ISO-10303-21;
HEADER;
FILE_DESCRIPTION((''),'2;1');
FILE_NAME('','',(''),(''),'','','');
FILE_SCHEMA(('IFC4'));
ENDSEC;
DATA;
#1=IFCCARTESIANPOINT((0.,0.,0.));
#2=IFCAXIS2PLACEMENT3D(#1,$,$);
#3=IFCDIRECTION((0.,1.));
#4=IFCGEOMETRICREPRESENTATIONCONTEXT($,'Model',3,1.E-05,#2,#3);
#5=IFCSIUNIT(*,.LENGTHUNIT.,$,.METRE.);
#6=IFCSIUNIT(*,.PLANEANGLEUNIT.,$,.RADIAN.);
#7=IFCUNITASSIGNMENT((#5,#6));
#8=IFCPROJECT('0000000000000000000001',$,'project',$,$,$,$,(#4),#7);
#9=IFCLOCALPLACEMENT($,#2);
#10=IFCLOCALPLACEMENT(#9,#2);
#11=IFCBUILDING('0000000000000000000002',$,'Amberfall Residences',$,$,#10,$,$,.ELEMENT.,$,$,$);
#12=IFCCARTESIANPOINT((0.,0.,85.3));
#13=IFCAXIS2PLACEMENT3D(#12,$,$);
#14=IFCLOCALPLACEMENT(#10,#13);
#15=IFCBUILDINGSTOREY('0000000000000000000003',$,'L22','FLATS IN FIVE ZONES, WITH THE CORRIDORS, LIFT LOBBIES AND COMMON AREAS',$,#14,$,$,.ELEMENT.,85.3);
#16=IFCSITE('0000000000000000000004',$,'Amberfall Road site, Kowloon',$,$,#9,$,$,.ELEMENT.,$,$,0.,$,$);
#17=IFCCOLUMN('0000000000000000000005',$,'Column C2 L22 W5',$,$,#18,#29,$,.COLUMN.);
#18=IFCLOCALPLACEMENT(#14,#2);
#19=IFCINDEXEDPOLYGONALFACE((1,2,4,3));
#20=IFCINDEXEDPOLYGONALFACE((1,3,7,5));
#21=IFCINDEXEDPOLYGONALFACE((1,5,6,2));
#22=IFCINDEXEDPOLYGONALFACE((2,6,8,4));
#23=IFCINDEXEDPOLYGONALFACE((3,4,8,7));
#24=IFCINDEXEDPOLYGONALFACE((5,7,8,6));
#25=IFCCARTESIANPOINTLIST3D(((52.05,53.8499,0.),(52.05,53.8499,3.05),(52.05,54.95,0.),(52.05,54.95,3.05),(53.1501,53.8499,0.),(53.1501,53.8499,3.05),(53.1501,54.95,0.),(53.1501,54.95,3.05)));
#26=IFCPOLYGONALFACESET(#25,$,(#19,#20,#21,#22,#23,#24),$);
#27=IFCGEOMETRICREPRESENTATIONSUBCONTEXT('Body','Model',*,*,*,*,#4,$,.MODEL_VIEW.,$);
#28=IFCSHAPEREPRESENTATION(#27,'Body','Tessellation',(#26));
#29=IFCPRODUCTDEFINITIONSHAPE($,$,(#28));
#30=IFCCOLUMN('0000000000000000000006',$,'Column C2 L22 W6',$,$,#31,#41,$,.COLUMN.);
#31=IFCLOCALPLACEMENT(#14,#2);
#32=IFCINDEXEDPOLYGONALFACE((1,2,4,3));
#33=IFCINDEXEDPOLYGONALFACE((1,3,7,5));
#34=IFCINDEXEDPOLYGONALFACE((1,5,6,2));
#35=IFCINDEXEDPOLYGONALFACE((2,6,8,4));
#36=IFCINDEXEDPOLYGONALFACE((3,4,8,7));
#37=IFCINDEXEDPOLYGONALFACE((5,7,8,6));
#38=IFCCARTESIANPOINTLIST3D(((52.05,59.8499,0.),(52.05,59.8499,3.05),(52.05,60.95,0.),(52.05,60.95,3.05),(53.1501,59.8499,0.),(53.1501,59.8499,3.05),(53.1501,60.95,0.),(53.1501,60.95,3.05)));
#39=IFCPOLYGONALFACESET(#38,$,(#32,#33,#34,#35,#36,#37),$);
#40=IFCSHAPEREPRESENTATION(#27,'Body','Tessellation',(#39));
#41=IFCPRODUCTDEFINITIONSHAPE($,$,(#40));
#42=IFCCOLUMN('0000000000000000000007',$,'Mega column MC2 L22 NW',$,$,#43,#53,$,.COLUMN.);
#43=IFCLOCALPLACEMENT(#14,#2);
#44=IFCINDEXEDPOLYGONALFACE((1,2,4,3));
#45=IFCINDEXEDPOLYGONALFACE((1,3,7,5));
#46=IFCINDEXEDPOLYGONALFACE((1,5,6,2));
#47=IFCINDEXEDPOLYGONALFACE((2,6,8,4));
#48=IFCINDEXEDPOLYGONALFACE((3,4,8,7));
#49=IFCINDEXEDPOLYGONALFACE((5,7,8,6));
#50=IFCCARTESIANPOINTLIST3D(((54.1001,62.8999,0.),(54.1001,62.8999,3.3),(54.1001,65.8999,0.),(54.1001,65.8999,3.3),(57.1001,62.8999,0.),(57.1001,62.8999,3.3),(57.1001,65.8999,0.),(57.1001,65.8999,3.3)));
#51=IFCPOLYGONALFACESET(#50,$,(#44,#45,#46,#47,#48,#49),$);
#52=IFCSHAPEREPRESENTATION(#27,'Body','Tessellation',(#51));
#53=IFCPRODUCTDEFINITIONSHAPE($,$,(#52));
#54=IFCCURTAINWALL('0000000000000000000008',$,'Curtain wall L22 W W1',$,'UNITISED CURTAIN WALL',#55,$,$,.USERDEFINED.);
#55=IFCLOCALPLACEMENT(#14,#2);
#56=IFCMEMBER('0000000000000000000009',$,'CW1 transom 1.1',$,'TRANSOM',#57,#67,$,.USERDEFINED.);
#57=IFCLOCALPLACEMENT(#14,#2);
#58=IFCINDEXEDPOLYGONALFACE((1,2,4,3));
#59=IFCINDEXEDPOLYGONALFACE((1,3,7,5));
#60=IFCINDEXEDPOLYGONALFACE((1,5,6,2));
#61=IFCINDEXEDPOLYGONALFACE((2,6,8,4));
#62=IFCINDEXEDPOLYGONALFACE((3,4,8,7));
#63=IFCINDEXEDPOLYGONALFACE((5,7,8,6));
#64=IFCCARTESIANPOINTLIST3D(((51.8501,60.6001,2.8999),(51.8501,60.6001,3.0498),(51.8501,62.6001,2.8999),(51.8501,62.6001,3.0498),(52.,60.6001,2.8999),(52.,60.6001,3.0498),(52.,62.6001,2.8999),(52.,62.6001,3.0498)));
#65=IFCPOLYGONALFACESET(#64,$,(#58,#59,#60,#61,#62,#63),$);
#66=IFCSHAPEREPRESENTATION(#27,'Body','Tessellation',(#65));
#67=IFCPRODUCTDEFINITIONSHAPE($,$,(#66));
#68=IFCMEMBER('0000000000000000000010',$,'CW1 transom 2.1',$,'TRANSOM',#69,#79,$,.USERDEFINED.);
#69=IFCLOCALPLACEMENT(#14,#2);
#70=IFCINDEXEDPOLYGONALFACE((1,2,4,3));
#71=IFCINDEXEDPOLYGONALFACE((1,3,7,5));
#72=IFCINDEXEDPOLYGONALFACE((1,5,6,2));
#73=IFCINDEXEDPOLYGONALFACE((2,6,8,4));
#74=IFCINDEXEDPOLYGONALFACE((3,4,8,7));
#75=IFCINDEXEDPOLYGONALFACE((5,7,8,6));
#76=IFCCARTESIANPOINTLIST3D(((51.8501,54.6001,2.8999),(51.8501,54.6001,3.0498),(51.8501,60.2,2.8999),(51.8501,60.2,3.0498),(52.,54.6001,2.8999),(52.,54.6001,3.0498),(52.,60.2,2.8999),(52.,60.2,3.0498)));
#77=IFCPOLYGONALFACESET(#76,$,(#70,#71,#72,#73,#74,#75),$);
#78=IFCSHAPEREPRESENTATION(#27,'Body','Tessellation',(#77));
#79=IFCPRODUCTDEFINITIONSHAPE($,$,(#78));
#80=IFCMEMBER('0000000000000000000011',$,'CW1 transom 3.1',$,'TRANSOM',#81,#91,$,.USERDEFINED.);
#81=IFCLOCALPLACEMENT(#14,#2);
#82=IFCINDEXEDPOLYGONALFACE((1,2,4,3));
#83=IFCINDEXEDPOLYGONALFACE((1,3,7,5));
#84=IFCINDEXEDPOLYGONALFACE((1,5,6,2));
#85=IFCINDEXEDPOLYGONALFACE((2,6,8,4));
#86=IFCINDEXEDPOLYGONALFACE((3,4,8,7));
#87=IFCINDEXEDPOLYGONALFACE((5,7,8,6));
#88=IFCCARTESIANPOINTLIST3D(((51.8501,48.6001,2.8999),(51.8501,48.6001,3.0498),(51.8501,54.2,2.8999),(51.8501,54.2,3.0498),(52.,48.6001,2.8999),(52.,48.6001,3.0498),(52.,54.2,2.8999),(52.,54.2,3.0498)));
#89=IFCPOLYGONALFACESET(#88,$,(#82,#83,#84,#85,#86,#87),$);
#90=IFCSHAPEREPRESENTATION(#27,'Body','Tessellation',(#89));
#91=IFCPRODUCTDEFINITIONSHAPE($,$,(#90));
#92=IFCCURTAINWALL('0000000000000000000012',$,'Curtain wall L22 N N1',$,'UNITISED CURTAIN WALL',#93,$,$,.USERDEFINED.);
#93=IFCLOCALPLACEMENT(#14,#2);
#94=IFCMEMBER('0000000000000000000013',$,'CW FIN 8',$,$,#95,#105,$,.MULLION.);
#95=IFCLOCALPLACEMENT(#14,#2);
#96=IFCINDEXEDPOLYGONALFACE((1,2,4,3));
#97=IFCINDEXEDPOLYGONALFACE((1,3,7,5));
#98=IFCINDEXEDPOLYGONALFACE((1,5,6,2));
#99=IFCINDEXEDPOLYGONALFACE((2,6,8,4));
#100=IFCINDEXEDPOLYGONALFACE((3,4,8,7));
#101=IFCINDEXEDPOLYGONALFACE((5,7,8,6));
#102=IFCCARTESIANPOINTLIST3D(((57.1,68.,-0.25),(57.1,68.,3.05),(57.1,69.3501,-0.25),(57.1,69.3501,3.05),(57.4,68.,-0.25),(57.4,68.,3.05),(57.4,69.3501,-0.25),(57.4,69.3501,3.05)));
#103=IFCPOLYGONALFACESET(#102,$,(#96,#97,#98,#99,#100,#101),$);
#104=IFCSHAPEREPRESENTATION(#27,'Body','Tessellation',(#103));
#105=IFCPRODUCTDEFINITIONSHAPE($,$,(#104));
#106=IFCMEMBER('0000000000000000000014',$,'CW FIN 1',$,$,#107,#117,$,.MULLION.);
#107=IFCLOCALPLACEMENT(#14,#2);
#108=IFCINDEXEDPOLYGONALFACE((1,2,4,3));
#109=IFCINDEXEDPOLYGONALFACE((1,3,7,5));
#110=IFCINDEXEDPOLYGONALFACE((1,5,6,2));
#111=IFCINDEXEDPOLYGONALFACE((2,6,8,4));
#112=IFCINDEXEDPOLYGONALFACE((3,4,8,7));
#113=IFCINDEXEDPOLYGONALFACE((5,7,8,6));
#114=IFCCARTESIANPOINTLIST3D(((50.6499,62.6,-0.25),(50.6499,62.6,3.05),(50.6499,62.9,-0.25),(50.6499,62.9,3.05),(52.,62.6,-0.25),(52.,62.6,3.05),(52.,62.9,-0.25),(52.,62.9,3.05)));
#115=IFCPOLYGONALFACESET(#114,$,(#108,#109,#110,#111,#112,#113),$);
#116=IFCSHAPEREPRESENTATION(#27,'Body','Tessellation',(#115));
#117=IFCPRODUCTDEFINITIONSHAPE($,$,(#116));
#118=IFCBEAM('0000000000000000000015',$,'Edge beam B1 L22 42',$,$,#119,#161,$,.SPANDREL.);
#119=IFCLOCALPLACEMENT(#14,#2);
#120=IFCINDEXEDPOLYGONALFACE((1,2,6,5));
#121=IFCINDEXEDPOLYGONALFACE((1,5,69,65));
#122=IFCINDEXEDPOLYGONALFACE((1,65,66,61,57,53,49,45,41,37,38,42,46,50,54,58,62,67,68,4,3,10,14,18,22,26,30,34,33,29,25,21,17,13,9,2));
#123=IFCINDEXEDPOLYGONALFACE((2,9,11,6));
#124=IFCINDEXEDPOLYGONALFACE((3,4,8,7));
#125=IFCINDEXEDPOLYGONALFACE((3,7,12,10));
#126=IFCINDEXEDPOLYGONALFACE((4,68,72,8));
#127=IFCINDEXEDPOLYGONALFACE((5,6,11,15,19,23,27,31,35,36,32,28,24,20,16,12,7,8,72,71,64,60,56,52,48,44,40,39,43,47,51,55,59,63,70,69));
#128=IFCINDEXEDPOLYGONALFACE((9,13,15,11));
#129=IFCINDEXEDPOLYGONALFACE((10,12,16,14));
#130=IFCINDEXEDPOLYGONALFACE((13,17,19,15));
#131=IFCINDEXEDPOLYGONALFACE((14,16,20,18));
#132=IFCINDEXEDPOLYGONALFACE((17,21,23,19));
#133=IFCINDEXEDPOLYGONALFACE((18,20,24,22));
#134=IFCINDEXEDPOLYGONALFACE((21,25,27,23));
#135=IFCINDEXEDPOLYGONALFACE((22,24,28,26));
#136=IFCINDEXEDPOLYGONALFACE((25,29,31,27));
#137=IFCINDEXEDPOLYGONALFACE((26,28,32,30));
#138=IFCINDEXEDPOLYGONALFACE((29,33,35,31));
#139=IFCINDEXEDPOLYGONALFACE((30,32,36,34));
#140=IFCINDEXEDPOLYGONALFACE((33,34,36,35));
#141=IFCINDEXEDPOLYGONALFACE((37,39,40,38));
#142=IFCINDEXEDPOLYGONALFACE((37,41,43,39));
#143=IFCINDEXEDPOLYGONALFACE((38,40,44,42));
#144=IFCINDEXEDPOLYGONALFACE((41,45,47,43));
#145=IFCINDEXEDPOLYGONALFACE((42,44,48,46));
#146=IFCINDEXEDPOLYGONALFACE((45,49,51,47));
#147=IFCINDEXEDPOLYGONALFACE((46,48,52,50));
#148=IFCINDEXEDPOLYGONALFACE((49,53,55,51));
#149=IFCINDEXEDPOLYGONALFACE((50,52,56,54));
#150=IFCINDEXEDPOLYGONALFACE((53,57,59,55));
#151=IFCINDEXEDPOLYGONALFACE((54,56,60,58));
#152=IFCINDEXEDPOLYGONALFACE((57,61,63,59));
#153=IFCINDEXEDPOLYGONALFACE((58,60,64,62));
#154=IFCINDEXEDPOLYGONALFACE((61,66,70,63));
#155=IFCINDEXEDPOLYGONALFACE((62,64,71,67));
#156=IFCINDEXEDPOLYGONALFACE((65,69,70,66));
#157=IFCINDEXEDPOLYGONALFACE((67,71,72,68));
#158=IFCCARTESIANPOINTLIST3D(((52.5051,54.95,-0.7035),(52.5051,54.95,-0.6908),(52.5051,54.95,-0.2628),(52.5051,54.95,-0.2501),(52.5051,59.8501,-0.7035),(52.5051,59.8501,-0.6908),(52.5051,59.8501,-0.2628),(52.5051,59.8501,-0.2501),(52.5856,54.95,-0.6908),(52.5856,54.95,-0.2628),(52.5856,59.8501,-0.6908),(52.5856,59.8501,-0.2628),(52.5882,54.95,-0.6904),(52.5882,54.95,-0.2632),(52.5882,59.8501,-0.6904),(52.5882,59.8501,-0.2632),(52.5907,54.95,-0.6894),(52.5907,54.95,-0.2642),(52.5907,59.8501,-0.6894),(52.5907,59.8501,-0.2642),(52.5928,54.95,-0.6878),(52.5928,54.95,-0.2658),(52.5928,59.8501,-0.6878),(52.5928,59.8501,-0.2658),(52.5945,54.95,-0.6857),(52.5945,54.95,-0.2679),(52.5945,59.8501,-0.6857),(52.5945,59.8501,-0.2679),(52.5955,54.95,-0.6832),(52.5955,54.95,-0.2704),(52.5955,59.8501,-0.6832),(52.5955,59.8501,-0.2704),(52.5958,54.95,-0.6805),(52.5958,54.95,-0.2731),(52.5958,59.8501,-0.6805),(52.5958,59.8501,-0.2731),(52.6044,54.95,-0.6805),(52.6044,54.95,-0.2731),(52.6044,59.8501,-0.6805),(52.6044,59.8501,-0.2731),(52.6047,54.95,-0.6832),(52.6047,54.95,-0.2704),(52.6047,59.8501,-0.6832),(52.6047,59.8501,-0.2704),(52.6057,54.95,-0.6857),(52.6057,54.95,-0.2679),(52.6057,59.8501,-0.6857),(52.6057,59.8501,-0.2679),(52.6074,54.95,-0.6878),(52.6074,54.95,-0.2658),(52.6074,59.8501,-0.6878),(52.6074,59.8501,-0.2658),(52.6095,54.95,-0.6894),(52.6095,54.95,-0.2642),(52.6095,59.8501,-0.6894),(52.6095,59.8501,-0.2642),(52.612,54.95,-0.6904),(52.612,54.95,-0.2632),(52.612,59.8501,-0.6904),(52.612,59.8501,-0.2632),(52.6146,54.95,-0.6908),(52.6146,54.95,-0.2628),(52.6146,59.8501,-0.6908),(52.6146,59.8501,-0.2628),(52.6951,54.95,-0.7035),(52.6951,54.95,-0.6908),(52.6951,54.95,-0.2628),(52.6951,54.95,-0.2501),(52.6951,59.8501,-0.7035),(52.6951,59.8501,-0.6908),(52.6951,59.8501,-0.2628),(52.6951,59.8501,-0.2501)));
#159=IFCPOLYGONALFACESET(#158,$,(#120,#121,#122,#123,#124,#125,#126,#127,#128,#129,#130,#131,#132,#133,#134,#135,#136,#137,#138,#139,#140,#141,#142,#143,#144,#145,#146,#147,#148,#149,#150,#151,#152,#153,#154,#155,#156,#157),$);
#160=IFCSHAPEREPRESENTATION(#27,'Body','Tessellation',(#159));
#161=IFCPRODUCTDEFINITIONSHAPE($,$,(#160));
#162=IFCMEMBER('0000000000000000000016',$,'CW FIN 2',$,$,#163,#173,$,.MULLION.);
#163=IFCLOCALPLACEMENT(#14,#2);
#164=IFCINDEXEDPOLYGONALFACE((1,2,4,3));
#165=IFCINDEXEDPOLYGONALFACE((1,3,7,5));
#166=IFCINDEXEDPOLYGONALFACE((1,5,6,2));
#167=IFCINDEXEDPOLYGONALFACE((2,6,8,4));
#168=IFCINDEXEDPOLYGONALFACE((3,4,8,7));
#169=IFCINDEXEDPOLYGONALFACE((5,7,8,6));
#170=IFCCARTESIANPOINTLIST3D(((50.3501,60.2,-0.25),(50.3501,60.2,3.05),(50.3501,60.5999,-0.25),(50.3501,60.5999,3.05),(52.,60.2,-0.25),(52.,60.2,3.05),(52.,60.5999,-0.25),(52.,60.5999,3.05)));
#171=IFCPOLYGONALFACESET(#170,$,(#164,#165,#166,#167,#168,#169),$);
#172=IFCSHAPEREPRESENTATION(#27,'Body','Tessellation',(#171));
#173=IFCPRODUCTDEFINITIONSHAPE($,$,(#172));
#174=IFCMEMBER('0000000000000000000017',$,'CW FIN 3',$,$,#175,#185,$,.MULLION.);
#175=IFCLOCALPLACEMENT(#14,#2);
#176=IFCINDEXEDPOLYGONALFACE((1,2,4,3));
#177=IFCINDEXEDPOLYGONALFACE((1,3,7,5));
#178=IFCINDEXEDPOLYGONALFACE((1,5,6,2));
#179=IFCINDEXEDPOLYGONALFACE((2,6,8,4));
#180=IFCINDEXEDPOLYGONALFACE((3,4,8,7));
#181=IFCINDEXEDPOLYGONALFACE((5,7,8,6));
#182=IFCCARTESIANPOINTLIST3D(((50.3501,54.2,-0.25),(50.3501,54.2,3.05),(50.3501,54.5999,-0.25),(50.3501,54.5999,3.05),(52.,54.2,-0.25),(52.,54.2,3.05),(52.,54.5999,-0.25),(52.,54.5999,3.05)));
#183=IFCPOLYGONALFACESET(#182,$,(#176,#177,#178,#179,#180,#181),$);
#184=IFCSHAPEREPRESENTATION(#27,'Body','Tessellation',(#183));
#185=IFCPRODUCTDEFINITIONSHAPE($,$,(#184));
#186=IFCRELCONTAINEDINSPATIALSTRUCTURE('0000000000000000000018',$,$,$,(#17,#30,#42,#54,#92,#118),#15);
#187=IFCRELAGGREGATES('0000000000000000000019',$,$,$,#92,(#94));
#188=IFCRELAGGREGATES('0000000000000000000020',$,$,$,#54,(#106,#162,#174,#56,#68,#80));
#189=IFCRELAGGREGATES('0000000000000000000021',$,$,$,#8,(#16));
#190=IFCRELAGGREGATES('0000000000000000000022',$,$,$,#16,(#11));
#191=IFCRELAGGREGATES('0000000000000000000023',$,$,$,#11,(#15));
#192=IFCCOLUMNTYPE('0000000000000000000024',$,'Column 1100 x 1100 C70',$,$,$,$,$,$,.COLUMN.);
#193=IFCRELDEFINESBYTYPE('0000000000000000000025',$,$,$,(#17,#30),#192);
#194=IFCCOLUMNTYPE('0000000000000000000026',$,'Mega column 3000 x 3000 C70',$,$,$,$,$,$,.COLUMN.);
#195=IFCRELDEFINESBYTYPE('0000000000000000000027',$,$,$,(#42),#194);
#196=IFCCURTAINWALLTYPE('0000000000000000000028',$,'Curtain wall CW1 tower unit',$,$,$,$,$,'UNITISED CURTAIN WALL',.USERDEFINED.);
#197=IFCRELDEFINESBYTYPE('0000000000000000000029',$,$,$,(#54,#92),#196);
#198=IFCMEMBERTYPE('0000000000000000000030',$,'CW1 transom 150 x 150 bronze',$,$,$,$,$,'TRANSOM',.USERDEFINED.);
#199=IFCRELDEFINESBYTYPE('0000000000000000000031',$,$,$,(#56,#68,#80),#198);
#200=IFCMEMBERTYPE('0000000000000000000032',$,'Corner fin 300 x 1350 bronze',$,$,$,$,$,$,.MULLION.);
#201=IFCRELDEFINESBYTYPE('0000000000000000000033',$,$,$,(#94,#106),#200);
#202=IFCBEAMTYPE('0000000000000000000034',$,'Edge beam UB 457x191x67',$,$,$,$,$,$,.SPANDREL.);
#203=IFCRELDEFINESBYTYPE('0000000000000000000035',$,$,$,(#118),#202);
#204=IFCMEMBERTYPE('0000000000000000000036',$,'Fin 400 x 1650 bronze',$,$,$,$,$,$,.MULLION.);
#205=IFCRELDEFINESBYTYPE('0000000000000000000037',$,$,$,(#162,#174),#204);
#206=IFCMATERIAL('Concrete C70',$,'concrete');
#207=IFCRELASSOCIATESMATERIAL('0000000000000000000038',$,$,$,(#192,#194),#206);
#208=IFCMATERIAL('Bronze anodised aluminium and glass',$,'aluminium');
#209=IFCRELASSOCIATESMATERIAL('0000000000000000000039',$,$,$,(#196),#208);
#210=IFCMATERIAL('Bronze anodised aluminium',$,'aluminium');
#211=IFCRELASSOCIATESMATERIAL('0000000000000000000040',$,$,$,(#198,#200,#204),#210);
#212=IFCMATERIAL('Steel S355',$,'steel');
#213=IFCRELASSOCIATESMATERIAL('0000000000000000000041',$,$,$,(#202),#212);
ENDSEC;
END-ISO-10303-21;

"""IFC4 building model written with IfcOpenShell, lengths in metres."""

from ifc_helpers import new_model, si_unit, direction, frame, origin, origin_2d, place, context, subcontext, project, spatial, rectangle, i_section, extrude, material, material_profile, profile_set, type_object, element, aggregate, save


model = new_model("IFC4")

# Units and contexts
model_context = context("Model", 3, precision=1e-05, world=origin(), true_north=direction((0.0, 1.0)))
body_context = subcontext(model_context, "Body", "Model", "MODEL_VIEW")
ifc_project = project(units=[si_unit("LENGTHUNIT", "METRE"), si_unit("PLANEANGLEUNIT", "RADIAN")], contexts=[model_context])

# Site, building, storey
site_placement = place(None, origin())
site = spatial("IfcSite", under=ifc_project, at=site_placement, Name="Amberfall Road site, Kowloon", CompositionType="ELEMENT", RefElevation=0.0)
building_placement = place(site_placement, origin())
building = spatial("IfcBuilding", under=site, at=building_placement, Name="Amberfall Residences", CompositionType="ELEMENT")
storey_placement = place(building_placement, frame((0.0, 0.0, 85.3)))
storey = spatial("IfcBuildingStorey", under=building, at=storey_placement, Name="L22", Description="FLATS IN FIVE ZONES, WITH THE CORRIDORS, LIFT LOBBIES AND COMMON AREAS", CompositionType="ELEMENT", Elevation=85.3)

# Columns
ifc_material_1 = material(Name="Concrete C70", Category="concrete")
ifc_material_profile_1 = material_profile(ifc_material_1, rectangle(XDim=1.1001, YDim=1.1001, at=origin_2d()), Name="Column 1100 x 1100 C70")
ifc_profile_set_1 = profile_set([ifc_material_profile_1], Name="Concrete C70")
column_type_1 = type_object("IfcColumnType", Name="Column 1100 x 1100 C70", PredefinedType="COLUMN", material=ifc_profile_set_1)
for number, where, z_axis, x_axis, name in (
    (1, (52.6001, 54.3999, 0.0), (0.0, 0.0, 1.0), (1.0, 0.0, 0.0), "Column C2 L22 W5"),
    (2, (52.6001, 60.3999, 0.0), (0.0, 0.0, 1.0), (1.0, 0.0, 0.0), "Column C2 L22 W6"),
):
    element("IfcColumn", number, at=place(storey_placement, frame(where, z_axis=z_axis, x_axis=x_axis)), inside=storey, type_object=column_type_1, Name=name, PredefinedType="COLUMN", context=body_context, shape_type="SweptSolid", body=[
        extrude(rectangle(XDim=1.1001, YDim=1.1001, at=origin_2d()), origin(), (0.0, 0.0, 1.0), 3.05),
    ])
ifc_material_profile_2 = material_profile(ifc_material_1, rectangle(XDim=3.0, YDim=3.0, at=origin_2d()), Name="Mega column 3000 x 3000 C70")
ifc_profile_set_2 = profile_set([ifc_material_profile_2], Name="Concrete C70")
column_type_2 = type_object("IfcColumnType", Name="Mega column 3000 x 3000 C70", PredefinedType="COLUMN", material=ifc_profile_set_2)
column_placement = place(storey_placement, frame((55.6001, 64.3999, 0.0), z_axis=(0.0, 0.0, 1.0), x_axis=(1.0, 0.0, 0.0)))
element("IfcColumn", 3, at=column_placement, inside=storey, type_object=column_type_2, Name="Mega column MC2 L22 NW", PredefinedType="COLUMN", context=body_context, shape_type="SweptSolid", body=[
    extrude(rectangle(XDim=3.0, YDim=3.0, at=origin_2d()), origin(), (0.0, 0.0, 1.0), 3.3),
])

# Curtain wall, members
ifc_material_2 = material(Name="Bronze anodised aluminium and glass", Category="aluminium")
curtain_wall_type = type_object("IfcCurtainWallType", Name="Curtain wall CW1 tower unit", ElementType="UNITISED CURTAIN WALL", PredefinedType="USERDEFINED", material=ifc_material_2)
curtain_wall_1_placement = place(storey_placement, origin())
curtain_wall_1 = element("IfcCurtainWall", 4, at=curtain_wall_1_placement, inside=storey, type_object=curtain_wall_type, Name="Curtain wall L22 W W1", ObjectType="UNITISED CURTAIN WALL", PredefinedType="USERDEFINED")
ifc_material_3 = material(Name="Bronze anodised aluminium", Category="aluminium")
ifc_material_profile_3 = material_profile(ifc_material_3, rectangle(XDim=0.1499, YDim=0.1499, at=origin_2d()), Name="CW1 transom 150 x 150 bronze")
ifc_profile_set_3 = profile_set([ifc_material_profile_3], Name="Bronze anodised aluminium")
member_type_1 = type_object("IfcMemberType", Name="CW1 transom 150 x 150 bronze", ElementType="TRANSOM", PredefinedType="USERDEFINED", material=ifc_profile_set_3)
member_1_placement = place(storey_placement, frame((51.925, 62.6001, 2.9749), z_axis=(0.0, -1.0, 0.0), x_axis=(1.0, 0.0, 0.0)))
member_1 = element("IfcMember", 5, at=member_1_placement, type_object=member_type_1, Name="CW1 transom 1.1", ObjectType="TRANSOM", PredefinedType="USERDEFINED", context=body_context, shape_type="SweptSolid", body=[
    extrude(rectangle(XDim=0.1499, YDim=0.1499, at=origin_2d()), origin(), (0.0, 0.0, 1.0), 2.0),
])
member_2_placement = place(storey_placement, frame((51.925, 60.2, 2.9749), z_axis=(0.0, -1.0, 0.0), x_axis=(1.0, 0.0, 0.0)))
member_2 = element("IfcMember", 6, at=member_2_placement, type_object=member_type_1, Name="CW1 transom 2.1", ObjectType="TRANSOM", PredefinedType="USERDEFINED", context=body_context, shape_type="SweptSolid", body=[
    extrude(rectangle(XDim=0.1499, YDim=0.1499, at=origin_2d()), origin(), (0.0, 0.0, 1.0), 5.5999),
])
member_3_placement = place(storey_placement, frame((51.925, 54.2, 2.9749), z_axis=(0.0, -1.0, 0.0), x_axis=(1.0, 0.0, 0.0)))
member_3 = element("IfcMember", 7, at=member_3_placement, type_object=member_type_1, Name="CW1 transom 3.1", ObjectType="TRANSOM", PredefinedType="USERDEFINED", context=body_context, shape_type="SweptSolid", body=[
    extrude(rectangle(XDim=0.1499, YDim=0.1499, at=origin_2d()), origin(), (0.0, 0.0, 1.0), 5.5999),
])

# Curtain wall, member
curtain_wall_2_placement = place(storey_placement, origin())
curtain_wall_2 = element("IfcCurtainWall", 8, at=curtain_wall_2_placement, inside=storey, type_object=curtain_wall_type, Name="Curtain wall L22 N N1", ObjectType="UNITISED CURTAIN WALL", PredefinedType="USERDEFINED")
ifc_material_profile_4 = material_profile(ifc_material_3, rectangle(XDim=1.3501, YDim=0.3, at=origin_2d()), Name="Corner fin 300 x 1350 bronze")
ifc_profile_set_4 = profile_set([ifc_material_profile_4], Name="Bronze anodised aluminium")
member_type_2 = type_object("IfcMemberType", Name="Corner fin 300 x 1350 bronze", PredefinedType="MULLION", material=ifc_profile_set_4)
member_4_placement = place(storey_placement, frame((57.25, 68.675, -0.25), z_axis=(0.0, 0.0, 1.0), x_axis=(0.0, -1.0, 0.0)))
member_4 = element("IfcMember", 9, at=member_4_placement, type_object=member_type_2, Name="CW FIN 8", PredefinedType="MULLION", context=body_context, shape_type="SweptSolid", body=[
    extrude(rectangle(XDim=1.3501, YDim=0.3, at=origin_2d()), origin(), (0.0, 0.0, 1.0), 3.3),
])

# Member
member_5_placement = place(storey_placement, frame((51.325, 62.75, -0.25), z_axis=(0.0, 0.0, 1.0), x_axis=(1.0, 0.0, 0.0)))
member_5 = element("IfcMember", 10, at=member_5_placement, type_object=member_type_2, Name="CW FIN 1", PredefinedType="MULLION", context=body_context, shape_type="SweptSolid", body=[
    extrude(rectangle(XDim=1.3501, YDim=0.3, at=origin_2d()), origin(), (0.0, 0.0, 1.0), 3.3),
])

# Beam
ifc_material_4 = material(Name="Steel S355", Category="steel")
ifc_material_profile_5 = material_profile(ifc_material_4, i_section(OverallWidth=0.1899, OverallDepth=0.4534, WebThickness=0.0085, FlangeThickness=0.0127, FilletRadius=0.0103, at=origin_2d()), Name="UB 457x191x67")
ifc_profile_set_5 = profile_set([ifc_material_profile_5], Name="Steel S355")
beam_type_1 = type_object("IfcBeamType", Name="Edge beam UB 457x191x67", PredefinedType="SPANDREL", material=ifc_profile_set_5)
beam_1_placement = place(storey_placement, frame((52.6001, 54.95, -0.4768), z_axis=(0.0, 1.0, 0.0), x_axis=(-1.0, 0.0, 0.0)))
element("IfcBeam", 11, at=beam_1_placement, inside=storey, type_object=beam_type_1, Name="Edge beam B1 L22 42", PredefinedType="SPANDREL", context=body_context, shape_type="SweptSolid", body=[
    extrude(i_section(OverallWidth=0.1899, OverallDepth=0.4534, WebThickness=0.0085, FlangeThickness=0.0127, FilletRadius=0.0103, at=origin_2d()), origin(), (0.0, 0.0, 1.0), 4.9001),
])

# Members
ifc_material_profile_6 = material_profile(ifc_material_3, rectangle(XDim=1.6499, YDim=0.3999, at=origin_2d()), Name="Fin 400 x 1650 bronze")
ifc_profile_set_6 = profile_set([ifc_material_profile_6], Name="Bronze anodised aluminium")
member_type_3 = type_object("IfcMemberType", Name="Fin 400 x 1650 bronze", PredefinedType="MULLION", material=ifc_profile_set_6)
member_6_placement = place(storey_placement, frame((51.175, 60.3999, -0.25), z_axis=(0.0, 0.0, 1.0), x_axis=(1.0, 0.0, 0.0)))
member_6 = element("IfcMember", 12, at=member_6_placement, type_object=member_type_3, Name="CW FIN 2", PredefinedType="MULLION", context=body_context, shape_type="SweptSolid", body=[
    extrude(rectangle(XDim=1.6499, YDim=0.3999, at=origin_2d()), origin(), (0.0, 0.0, 1.0), 3.3),
])
member_7_placement = place(storey_placement, frame((51.175, 54.3999, -0.25), z_axis=(0.0, 0.0, 1.0), x_axis=(1.0, 0.0, 0.0)))
member_7 = element("IfcMember", 13, at=member_7_placement, type_object=member_type_3, Name="CW FIN 3", PredefinedType="MULLION", context=body_context, shape_type="SweptSolid", body=[
    extrude(rectangle(XDim=1.6499, YDim=0.3999, at=origin_2d()), origin(), (0.0, 0.0, 1.0), 3.3),
])

aggregate(curtain_wall_2, [member_4])
aggregate(curtain_wall_1, [member_5, member_6, member_7, member_1, member_2, member_3])

save(model, "model.ifc")
